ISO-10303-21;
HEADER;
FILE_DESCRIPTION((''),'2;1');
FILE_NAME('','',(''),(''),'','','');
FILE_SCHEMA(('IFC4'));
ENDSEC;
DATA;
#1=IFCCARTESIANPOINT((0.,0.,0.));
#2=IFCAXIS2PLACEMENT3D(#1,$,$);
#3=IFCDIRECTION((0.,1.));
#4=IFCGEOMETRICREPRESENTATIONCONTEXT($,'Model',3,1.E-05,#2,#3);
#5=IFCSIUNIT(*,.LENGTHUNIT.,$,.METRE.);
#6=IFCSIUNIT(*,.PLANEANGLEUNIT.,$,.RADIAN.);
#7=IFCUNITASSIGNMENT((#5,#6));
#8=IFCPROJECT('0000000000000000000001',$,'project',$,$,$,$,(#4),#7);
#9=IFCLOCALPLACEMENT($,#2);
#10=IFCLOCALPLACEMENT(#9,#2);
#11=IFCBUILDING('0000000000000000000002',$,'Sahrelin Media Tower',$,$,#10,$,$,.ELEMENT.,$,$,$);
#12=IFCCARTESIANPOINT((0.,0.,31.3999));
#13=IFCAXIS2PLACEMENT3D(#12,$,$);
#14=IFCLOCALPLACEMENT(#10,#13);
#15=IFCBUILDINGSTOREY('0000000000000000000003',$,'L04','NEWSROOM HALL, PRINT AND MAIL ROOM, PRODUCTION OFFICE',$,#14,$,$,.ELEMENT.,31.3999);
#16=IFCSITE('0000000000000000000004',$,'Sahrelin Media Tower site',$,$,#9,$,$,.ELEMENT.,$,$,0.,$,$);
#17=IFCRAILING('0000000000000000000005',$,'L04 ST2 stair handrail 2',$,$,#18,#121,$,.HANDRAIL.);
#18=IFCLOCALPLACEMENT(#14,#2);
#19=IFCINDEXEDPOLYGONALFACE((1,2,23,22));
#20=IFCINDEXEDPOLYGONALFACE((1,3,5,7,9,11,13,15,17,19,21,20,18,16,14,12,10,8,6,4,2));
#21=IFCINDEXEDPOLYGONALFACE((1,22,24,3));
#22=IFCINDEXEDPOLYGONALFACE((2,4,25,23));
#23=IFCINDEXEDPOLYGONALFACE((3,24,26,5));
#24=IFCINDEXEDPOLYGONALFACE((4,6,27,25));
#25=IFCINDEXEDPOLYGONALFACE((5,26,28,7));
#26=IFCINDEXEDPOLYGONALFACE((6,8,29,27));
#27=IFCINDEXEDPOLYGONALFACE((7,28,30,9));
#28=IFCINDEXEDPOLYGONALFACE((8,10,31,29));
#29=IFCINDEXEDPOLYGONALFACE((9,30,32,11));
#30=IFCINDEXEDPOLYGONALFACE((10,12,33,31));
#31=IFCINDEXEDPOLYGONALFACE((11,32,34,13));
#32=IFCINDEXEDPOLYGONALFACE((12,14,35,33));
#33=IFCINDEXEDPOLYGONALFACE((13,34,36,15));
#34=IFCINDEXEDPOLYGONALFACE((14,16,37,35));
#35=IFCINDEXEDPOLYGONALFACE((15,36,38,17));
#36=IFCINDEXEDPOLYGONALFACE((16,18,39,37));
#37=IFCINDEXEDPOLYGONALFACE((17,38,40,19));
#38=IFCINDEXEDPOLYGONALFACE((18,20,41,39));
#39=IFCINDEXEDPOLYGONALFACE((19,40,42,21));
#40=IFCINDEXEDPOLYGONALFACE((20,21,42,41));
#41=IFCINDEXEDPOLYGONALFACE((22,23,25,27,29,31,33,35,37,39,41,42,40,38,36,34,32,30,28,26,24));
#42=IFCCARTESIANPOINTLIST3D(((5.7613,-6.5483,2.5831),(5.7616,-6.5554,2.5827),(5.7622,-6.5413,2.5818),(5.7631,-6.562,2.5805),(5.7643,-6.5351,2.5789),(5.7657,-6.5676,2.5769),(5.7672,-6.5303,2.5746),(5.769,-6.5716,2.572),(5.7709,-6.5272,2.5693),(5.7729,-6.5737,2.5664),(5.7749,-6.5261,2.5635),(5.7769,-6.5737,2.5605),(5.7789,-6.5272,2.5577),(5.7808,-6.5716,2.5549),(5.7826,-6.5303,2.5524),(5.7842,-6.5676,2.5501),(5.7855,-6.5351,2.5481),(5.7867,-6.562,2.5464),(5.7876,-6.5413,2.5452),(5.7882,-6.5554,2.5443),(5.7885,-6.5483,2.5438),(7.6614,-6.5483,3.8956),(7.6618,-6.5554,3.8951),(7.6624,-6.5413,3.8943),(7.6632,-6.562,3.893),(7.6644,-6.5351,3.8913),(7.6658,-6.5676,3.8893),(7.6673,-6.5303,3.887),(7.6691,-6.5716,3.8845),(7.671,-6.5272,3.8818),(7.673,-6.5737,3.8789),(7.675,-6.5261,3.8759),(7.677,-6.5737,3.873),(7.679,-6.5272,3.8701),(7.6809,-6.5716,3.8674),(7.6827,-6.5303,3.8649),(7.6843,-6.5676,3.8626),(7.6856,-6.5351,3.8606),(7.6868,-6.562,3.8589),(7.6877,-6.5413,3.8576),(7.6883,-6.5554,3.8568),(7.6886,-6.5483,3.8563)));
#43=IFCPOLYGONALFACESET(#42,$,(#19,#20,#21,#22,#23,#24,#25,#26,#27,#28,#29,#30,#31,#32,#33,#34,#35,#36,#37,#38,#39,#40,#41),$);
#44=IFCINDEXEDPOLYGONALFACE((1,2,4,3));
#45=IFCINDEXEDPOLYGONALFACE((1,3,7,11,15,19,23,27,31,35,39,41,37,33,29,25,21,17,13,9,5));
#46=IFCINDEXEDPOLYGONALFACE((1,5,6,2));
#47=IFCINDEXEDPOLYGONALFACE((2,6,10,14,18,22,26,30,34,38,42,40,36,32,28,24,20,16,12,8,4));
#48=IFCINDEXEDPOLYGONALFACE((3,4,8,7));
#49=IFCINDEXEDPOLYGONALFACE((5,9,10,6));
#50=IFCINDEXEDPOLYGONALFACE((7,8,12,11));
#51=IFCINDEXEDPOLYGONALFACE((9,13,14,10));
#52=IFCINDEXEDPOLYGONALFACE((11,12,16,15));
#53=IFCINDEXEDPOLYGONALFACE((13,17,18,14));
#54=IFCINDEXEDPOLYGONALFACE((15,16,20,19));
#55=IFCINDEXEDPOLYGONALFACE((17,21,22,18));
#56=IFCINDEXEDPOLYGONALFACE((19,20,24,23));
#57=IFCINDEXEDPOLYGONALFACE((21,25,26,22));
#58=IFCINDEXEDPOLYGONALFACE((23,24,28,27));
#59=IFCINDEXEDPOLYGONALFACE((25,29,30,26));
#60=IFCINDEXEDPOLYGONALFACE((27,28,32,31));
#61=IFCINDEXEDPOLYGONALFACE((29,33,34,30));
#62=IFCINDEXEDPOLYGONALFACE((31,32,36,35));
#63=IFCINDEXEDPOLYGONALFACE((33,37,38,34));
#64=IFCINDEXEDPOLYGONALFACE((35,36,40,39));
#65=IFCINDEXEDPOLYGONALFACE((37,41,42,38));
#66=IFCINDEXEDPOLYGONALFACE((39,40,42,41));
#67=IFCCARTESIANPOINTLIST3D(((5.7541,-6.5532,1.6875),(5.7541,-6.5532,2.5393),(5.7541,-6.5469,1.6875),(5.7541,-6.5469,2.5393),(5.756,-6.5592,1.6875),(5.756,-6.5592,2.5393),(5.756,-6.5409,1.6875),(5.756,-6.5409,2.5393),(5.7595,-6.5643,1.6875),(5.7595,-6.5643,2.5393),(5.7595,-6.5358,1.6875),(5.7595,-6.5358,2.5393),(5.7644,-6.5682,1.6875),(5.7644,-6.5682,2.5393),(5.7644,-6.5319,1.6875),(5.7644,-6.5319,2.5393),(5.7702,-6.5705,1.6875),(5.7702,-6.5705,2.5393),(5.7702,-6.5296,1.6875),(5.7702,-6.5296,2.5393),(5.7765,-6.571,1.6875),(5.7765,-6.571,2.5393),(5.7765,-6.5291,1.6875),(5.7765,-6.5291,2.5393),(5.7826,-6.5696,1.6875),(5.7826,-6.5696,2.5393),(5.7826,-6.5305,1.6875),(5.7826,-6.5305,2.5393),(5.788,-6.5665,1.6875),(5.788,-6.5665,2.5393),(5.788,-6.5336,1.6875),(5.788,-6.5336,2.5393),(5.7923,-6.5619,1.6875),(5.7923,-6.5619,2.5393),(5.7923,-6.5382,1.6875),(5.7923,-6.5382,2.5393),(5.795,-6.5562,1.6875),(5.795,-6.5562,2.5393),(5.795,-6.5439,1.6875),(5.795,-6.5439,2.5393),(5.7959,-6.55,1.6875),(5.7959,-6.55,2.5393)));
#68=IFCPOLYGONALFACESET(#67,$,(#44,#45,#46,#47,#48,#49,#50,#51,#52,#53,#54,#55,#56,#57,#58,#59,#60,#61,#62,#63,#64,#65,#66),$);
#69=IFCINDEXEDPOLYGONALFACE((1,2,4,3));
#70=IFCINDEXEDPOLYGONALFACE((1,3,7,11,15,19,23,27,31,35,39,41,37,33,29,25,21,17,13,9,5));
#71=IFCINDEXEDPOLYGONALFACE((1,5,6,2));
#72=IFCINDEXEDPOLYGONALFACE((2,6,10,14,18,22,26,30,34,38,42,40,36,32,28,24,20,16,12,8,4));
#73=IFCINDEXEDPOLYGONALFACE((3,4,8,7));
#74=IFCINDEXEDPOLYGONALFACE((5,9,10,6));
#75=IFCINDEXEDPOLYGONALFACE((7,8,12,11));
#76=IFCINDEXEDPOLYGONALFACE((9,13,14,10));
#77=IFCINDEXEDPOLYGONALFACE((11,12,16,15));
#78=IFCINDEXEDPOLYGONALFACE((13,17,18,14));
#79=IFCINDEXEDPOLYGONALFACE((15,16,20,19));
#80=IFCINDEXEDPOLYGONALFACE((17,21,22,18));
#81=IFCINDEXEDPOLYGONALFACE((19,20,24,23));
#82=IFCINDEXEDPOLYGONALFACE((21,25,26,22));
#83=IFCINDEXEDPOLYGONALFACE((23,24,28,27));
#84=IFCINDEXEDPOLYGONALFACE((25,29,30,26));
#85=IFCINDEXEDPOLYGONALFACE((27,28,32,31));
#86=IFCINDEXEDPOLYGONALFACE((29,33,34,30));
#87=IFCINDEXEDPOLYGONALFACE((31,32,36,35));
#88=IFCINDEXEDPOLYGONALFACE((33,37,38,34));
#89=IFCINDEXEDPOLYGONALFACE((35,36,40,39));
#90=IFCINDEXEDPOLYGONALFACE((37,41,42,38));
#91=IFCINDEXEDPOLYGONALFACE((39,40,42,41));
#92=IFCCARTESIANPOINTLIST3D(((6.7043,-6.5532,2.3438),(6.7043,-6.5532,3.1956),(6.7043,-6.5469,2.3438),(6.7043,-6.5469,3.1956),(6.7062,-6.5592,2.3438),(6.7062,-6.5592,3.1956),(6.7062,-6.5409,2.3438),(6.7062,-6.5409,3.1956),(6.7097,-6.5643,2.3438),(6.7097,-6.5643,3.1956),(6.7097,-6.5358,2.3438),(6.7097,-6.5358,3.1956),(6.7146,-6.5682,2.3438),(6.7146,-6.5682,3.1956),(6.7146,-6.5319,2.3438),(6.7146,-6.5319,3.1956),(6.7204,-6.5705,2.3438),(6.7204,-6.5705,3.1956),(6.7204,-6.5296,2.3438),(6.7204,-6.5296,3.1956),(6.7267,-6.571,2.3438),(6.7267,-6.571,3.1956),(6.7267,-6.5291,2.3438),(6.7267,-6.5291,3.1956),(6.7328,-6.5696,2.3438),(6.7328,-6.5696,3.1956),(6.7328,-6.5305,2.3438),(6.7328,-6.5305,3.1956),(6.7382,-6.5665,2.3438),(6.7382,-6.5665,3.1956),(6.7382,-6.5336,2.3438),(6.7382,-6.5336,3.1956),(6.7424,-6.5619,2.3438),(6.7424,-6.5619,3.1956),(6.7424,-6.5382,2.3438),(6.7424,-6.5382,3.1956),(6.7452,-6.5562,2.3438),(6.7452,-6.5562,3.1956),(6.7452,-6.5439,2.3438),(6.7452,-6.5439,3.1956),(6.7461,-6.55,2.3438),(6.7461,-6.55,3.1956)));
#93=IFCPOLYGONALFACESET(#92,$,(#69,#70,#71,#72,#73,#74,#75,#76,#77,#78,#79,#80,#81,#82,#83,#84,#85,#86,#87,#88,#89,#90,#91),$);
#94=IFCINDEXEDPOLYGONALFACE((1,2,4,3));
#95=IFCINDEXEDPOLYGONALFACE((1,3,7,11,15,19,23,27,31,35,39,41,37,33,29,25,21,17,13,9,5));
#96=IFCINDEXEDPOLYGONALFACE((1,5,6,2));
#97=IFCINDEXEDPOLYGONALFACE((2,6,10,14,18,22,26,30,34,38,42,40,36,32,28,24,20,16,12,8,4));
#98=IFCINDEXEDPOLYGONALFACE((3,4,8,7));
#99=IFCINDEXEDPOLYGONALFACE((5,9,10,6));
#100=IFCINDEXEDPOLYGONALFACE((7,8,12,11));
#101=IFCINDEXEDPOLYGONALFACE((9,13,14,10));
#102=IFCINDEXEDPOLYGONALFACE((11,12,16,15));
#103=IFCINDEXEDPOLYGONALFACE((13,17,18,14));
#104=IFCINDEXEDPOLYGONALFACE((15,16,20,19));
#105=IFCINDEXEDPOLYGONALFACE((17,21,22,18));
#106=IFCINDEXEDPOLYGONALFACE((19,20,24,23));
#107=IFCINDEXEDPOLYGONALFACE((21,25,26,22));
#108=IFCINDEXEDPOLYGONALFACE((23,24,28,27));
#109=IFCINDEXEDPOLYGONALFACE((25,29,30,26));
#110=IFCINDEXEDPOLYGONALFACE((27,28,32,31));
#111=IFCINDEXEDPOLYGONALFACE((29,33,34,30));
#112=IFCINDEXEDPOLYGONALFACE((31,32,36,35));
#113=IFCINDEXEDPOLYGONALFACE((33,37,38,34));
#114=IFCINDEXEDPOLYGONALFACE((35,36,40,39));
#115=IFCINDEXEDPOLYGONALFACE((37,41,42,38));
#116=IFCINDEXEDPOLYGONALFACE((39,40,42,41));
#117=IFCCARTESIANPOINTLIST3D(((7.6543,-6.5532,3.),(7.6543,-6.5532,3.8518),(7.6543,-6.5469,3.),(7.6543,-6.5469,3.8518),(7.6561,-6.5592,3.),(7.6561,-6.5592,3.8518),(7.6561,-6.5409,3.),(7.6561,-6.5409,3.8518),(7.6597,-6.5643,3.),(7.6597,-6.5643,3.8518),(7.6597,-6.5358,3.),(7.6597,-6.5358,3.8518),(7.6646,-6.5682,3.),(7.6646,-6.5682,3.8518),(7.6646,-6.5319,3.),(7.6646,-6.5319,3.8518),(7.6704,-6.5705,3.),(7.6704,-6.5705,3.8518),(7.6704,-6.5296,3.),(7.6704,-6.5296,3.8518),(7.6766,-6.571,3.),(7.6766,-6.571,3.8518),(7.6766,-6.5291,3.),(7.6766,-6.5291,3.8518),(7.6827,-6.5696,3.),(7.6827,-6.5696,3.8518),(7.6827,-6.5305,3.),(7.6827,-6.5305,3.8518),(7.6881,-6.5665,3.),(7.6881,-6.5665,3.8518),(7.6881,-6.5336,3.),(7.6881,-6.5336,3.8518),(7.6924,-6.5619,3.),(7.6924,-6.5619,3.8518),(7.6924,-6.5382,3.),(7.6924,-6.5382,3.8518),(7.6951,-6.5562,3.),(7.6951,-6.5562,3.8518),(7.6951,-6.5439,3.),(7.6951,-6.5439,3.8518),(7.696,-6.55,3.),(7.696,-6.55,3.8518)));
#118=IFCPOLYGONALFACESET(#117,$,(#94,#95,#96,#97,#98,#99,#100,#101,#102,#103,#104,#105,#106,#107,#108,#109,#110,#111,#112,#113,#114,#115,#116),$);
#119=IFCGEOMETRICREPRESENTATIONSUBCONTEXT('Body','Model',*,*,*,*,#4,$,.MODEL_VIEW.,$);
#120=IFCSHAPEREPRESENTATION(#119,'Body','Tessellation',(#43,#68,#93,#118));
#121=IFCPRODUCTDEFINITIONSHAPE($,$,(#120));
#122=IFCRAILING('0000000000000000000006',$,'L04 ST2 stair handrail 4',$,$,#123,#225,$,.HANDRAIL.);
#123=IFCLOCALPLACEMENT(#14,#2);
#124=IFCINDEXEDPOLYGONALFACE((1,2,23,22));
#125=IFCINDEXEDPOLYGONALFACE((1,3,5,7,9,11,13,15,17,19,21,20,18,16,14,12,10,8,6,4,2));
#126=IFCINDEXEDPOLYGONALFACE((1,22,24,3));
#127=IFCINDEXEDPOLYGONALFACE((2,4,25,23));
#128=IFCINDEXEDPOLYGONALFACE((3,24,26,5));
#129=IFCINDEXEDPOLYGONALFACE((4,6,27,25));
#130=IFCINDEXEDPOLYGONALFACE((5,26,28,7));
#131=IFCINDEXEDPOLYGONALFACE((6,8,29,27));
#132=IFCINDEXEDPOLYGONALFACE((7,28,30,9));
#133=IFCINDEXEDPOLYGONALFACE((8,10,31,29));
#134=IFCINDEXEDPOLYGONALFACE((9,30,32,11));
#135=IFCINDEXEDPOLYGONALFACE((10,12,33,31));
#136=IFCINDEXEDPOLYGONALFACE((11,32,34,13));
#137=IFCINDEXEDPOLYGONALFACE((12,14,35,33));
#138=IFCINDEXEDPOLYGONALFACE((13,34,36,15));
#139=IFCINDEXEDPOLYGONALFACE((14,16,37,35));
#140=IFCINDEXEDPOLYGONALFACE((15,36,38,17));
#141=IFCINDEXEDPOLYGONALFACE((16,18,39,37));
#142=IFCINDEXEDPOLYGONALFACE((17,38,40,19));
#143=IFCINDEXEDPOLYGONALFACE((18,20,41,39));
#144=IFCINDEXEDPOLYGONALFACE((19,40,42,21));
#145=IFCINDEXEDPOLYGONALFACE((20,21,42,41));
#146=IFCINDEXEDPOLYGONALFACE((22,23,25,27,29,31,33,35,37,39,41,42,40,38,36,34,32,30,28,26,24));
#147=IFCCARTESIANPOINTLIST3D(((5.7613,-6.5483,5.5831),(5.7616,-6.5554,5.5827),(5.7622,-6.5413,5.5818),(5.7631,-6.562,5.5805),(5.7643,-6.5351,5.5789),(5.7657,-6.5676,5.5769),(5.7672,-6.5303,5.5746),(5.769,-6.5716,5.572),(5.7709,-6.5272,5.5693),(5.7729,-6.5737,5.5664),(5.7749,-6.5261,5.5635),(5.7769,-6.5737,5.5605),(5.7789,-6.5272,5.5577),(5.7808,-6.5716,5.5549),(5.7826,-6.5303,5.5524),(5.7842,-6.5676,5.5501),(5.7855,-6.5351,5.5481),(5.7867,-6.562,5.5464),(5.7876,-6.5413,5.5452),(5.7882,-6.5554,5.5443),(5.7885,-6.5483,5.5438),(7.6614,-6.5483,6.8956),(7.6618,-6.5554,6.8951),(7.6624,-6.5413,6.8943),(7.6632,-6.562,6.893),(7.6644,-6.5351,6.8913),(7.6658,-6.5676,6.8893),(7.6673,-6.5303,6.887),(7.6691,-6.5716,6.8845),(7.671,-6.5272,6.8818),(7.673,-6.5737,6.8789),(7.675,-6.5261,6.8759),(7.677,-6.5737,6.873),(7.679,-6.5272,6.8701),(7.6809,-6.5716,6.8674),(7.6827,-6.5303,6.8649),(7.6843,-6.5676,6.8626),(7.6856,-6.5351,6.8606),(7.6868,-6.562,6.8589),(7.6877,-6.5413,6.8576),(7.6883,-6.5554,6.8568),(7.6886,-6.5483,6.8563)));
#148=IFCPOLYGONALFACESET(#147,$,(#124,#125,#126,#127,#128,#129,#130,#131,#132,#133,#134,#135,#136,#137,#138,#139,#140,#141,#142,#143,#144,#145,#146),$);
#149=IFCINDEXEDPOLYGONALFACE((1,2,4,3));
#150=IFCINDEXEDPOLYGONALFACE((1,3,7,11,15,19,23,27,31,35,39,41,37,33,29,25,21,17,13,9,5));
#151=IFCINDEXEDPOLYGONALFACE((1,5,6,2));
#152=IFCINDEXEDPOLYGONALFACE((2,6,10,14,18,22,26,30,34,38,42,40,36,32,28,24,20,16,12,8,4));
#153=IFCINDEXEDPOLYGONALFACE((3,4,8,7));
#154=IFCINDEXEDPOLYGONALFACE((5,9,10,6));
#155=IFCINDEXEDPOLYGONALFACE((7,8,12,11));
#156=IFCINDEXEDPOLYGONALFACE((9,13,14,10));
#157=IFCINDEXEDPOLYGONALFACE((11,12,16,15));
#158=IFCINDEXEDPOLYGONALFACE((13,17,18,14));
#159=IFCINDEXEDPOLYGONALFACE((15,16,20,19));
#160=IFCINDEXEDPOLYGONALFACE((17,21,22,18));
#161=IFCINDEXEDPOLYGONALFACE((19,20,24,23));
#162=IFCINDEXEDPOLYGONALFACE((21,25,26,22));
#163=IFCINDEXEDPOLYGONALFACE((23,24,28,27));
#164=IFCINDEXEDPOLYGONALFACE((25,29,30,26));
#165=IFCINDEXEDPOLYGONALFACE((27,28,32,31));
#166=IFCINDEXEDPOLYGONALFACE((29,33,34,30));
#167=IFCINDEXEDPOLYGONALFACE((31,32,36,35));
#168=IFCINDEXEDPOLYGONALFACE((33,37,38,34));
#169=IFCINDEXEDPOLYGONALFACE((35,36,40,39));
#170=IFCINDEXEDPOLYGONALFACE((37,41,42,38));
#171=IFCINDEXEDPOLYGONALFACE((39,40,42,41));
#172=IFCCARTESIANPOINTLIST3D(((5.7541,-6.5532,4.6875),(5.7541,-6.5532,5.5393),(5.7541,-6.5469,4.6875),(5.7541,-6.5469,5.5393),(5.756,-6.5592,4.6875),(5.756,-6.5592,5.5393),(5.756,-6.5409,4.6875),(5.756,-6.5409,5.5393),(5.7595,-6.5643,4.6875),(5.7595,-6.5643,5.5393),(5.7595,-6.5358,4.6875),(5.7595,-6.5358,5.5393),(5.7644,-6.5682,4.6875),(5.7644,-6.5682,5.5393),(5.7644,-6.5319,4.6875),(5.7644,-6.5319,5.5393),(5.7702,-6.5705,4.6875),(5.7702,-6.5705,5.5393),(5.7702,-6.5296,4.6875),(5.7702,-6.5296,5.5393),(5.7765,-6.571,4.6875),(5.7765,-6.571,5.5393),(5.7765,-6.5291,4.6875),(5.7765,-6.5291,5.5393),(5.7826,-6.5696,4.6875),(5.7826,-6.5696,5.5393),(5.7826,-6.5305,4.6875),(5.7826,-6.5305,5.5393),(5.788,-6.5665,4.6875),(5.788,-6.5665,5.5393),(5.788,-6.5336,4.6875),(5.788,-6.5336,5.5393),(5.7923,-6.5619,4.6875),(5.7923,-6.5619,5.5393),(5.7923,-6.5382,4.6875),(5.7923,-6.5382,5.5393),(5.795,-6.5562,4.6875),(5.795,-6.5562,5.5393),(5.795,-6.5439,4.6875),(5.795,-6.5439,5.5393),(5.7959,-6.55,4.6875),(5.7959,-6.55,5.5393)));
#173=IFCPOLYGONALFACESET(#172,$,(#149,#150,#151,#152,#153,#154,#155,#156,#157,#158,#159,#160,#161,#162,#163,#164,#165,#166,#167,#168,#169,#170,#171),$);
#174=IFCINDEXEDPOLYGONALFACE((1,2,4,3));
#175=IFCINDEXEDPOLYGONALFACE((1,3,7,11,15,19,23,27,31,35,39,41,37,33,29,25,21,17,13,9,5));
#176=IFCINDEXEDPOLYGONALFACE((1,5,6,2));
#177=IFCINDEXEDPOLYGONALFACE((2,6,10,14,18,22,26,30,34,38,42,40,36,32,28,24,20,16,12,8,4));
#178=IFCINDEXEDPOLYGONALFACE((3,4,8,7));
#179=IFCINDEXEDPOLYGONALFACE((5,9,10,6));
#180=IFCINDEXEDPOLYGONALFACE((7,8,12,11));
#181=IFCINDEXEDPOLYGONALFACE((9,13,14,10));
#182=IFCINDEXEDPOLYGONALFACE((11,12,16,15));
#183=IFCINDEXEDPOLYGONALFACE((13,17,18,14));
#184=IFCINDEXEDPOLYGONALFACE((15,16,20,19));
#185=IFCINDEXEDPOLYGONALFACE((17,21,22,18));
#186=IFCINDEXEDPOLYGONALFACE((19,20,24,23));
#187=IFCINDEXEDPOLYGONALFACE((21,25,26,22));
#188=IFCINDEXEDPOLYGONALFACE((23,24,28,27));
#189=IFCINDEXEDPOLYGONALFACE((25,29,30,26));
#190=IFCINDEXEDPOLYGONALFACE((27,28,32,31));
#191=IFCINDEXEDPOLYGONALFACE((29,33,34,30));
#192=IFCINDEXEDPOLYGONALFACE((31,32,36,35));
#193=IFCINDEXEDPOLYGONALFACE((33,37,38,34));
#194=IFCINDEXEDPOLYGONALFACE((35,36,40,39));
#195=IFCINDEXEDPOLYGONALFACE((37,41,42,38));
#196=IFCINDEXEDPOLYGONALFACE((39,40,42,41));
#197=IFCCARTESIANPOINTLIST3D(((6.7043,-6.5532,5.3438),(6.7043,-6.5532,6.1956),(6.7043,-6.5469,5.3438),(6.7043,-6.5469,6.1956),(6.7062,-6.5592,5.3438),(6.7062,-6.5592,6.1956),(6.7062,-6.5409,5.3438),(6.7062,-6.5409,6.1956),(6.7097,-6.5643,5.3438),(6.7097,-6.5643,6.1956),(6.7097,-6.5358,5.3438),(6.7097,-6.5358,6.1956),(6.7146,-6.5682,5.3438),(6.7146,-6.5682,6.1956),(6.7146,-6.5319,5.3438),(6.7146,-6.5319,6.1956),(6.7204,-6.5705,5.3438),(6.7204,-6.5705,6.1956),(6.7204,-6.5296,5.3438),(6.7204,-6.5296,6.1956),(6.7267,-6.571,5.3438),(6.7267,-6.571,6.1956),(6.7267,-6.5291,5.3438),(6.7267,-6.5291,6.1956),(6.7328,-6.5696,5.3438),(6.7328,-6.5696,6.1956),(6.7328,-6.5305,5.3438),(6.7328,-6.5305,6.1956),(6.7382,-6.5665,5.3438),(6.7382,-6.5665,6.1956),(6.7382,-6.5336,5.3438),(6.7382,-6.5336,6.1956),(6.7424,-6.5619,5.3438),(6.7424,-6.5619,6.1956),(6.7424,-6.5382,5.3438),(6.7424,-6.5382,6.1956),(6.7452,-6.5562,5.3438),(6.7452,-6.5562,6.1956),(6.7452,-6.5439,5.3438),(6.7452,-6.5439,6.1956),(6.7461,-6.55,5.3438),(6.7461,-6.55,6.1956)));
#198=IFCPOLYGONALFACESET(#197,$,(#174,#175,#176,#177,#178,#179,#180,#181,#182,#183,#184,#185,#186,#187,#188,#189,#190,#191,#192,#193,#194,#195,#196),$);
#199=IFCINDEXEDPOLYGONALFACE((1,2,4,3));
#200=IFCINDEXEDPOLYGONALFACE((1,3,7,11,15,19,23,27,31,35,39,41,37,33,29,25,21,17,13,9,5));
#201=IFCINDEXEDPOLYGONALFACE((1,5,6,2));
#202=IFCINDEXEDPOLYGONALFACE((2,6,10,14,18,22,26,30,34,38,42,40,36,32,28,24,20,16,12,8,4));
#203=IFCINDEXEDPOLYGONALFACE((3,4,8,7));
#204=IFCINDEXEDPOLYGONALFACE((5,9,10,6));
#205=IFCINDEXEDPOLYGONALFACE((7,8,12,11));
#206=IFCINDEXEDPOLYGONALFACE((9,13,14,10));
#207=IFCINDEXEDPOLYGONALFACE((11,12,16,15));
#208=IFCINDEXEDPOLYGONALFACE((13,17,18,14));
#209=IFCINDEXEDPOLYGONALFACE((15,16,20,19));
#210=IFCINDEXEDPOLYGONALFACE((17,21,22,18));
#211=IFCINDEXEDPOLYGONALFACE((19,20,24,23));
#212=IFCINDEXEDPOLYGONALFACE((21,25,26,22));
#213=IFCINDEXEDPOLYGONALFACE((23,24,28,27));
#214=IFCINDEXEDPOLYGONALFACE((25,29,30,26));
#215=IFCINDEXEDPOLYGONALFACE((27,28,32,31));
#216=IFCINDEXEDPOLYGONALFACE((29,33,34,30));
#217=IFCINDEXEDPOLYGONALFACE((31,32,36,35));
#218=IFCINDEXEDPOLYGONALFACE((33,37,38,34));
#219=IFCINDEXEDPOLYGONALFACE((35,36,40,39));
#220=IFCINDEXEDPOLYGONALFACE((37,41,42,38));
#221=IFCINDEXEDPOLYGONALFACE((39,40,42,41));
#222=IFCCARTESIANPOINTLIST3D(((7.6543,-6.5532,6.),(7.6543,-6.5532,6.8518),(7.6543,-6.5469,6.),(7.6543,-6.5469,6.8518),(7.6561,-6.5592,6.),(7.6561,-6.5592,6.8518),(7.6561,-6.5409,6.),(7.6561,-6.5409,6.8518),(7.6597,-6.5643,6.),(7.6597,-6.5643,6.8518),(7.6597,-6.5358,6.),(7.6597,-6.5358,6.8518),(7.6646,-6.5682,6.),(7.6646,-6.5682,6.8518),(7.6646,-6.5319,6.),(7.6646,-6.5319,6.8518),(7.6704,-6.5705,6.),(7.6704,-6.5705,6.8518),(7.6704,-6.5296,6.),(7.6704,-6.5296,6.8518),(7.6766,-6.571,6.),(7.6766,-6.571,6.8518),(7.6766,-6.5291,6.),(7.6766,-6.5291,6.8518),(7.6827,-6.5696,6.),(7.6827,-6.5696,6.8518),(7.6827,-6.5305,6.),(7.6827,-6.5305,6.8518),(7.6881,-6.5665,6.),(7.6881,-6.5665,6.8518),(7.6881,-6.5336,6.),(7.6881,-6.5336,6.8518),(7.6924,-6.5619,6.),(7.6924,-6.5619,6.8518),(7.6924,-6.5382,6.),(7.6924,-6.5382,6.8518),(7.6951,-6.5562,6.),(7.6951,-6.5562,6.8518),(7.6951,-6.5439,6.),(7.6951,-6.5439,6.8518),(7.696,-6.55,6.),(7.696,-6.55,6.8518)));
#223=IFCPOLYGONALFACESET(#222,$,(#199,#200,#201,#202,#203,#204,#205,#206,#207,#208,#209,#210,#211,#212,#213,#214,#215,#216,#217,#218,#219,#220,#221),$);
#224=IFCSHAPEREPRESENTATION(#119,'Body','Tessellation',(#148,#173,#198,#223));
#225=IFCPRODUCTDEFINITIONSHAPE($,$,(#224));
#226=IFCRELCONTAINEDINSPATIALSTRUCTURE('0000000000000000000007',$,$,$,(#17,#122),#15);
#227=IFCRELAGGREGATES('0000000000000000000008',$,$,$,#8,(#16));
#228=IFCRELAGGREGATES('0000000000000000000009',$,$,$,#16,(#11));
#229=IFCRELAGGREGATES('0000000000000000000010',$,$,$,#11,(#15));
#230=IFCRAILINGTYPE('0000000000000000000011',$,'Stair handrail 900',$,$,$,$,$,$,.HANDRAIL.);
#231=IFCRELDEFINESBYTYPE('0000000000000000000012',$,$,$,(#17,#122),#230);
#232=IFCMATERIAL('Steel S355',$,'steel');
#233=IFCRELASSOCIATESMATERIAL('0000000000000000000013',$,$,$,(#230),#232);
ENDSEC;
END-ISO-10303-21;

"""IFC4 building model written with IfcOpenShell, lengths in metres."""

from ifc_helpers import new_model, si_unit, direction, frame, origin, origin_2d, place, context, subcontext, project, spatial, circle, extrude, material, type_object, element, save


model = new_model("IFC4")

# Units and contexts
model_context = context("Model", 3, precision=1e-05, world=origin(), true_north=direction((0.0, 1.0)))
body_context = subcontext(model_context, "Body", "Model", "MODEL_VIEW")
ifc_project = project(units=[si_unit("LENGTHUNIT", "METRE"), si_unit("PLANEANGLEUNIT", "RADIAN")], contexts=[model_context])

# Site, building, storey
site_placement = place(None, origin())
site = spatial("IfcSite", under=ifc_project, at=site_placement, Name="Sahrelin Media Tower site", CompositionType="ELEMENT", RefElevation=0.0)
building_placement = place(site_placement, origin())
building = spatial("IfcBuilding", under=site, at=building_placement, Name="Sahrelin Media Tower", CompositionType="ELEMENT")
storey_placement = place(building_placement, frame((0.0, 0.0, 31.3999)))
storey = spatial("IfcBuildingStorey", under=building, at=storey_placement, Name="L04", Description="NEWSROOM HALL, PRINT AND MAIL ROOM, PRODUCTION OFFICE", CompositionType="ELEMENT", Elevation=31.3999)

# Shared definitions
ifc_material_1 = material(Name="Steel S355", Category="steel")

# Railings
railing_type_1 = type_object("IfcRailingType", Name="Stair handrail 900", PredefinedType="HANDRAIL", material=ifc_material_1)
for number, where, name in (
    (1, (5.7749, -6.55, 1.6875), "L04 ST2 stair handrail 2"),
    (2, (5.7749, -6.55, 4.6875), "L04 ST2 stair handrail 4"),
):
    element("IfcRailing", number, at=place(storey_placement, frame(where)), inside=storey, type_object=railing_type_1, Name=name, PredefinedType="HANDRAIL", context=body_context, shape_type="SweptSolid", body=[
        extrude(circle(Radius=0.0239, at=origin_2d()), frame((0.0, 0.0, 0.876), z_axis=(0.822797, 0.0, 0.568336), x_axis=(0.0, 1.0, 0.0)), (0.0, 0.0, 1.0), 2.3093),
        extrude(circle(Radius=0.021, at=origin_2d()), origin(), (0.0, 0.0, 1.0), 0.8518),
        extrude(circle(Radius=0.021, at=origin_2d()), frame((0.9502, 0.0, 0.6562)), (0.0, 0.0, 1.0), 0.8518),
        extrude(circle(Radius=0.021, at=origin_2d()), frame((1.9001, 0.0, 1.3125)), (0.0, 0.0, 1.0), 0.8518),
    ])

save(model, "model.ifc")
